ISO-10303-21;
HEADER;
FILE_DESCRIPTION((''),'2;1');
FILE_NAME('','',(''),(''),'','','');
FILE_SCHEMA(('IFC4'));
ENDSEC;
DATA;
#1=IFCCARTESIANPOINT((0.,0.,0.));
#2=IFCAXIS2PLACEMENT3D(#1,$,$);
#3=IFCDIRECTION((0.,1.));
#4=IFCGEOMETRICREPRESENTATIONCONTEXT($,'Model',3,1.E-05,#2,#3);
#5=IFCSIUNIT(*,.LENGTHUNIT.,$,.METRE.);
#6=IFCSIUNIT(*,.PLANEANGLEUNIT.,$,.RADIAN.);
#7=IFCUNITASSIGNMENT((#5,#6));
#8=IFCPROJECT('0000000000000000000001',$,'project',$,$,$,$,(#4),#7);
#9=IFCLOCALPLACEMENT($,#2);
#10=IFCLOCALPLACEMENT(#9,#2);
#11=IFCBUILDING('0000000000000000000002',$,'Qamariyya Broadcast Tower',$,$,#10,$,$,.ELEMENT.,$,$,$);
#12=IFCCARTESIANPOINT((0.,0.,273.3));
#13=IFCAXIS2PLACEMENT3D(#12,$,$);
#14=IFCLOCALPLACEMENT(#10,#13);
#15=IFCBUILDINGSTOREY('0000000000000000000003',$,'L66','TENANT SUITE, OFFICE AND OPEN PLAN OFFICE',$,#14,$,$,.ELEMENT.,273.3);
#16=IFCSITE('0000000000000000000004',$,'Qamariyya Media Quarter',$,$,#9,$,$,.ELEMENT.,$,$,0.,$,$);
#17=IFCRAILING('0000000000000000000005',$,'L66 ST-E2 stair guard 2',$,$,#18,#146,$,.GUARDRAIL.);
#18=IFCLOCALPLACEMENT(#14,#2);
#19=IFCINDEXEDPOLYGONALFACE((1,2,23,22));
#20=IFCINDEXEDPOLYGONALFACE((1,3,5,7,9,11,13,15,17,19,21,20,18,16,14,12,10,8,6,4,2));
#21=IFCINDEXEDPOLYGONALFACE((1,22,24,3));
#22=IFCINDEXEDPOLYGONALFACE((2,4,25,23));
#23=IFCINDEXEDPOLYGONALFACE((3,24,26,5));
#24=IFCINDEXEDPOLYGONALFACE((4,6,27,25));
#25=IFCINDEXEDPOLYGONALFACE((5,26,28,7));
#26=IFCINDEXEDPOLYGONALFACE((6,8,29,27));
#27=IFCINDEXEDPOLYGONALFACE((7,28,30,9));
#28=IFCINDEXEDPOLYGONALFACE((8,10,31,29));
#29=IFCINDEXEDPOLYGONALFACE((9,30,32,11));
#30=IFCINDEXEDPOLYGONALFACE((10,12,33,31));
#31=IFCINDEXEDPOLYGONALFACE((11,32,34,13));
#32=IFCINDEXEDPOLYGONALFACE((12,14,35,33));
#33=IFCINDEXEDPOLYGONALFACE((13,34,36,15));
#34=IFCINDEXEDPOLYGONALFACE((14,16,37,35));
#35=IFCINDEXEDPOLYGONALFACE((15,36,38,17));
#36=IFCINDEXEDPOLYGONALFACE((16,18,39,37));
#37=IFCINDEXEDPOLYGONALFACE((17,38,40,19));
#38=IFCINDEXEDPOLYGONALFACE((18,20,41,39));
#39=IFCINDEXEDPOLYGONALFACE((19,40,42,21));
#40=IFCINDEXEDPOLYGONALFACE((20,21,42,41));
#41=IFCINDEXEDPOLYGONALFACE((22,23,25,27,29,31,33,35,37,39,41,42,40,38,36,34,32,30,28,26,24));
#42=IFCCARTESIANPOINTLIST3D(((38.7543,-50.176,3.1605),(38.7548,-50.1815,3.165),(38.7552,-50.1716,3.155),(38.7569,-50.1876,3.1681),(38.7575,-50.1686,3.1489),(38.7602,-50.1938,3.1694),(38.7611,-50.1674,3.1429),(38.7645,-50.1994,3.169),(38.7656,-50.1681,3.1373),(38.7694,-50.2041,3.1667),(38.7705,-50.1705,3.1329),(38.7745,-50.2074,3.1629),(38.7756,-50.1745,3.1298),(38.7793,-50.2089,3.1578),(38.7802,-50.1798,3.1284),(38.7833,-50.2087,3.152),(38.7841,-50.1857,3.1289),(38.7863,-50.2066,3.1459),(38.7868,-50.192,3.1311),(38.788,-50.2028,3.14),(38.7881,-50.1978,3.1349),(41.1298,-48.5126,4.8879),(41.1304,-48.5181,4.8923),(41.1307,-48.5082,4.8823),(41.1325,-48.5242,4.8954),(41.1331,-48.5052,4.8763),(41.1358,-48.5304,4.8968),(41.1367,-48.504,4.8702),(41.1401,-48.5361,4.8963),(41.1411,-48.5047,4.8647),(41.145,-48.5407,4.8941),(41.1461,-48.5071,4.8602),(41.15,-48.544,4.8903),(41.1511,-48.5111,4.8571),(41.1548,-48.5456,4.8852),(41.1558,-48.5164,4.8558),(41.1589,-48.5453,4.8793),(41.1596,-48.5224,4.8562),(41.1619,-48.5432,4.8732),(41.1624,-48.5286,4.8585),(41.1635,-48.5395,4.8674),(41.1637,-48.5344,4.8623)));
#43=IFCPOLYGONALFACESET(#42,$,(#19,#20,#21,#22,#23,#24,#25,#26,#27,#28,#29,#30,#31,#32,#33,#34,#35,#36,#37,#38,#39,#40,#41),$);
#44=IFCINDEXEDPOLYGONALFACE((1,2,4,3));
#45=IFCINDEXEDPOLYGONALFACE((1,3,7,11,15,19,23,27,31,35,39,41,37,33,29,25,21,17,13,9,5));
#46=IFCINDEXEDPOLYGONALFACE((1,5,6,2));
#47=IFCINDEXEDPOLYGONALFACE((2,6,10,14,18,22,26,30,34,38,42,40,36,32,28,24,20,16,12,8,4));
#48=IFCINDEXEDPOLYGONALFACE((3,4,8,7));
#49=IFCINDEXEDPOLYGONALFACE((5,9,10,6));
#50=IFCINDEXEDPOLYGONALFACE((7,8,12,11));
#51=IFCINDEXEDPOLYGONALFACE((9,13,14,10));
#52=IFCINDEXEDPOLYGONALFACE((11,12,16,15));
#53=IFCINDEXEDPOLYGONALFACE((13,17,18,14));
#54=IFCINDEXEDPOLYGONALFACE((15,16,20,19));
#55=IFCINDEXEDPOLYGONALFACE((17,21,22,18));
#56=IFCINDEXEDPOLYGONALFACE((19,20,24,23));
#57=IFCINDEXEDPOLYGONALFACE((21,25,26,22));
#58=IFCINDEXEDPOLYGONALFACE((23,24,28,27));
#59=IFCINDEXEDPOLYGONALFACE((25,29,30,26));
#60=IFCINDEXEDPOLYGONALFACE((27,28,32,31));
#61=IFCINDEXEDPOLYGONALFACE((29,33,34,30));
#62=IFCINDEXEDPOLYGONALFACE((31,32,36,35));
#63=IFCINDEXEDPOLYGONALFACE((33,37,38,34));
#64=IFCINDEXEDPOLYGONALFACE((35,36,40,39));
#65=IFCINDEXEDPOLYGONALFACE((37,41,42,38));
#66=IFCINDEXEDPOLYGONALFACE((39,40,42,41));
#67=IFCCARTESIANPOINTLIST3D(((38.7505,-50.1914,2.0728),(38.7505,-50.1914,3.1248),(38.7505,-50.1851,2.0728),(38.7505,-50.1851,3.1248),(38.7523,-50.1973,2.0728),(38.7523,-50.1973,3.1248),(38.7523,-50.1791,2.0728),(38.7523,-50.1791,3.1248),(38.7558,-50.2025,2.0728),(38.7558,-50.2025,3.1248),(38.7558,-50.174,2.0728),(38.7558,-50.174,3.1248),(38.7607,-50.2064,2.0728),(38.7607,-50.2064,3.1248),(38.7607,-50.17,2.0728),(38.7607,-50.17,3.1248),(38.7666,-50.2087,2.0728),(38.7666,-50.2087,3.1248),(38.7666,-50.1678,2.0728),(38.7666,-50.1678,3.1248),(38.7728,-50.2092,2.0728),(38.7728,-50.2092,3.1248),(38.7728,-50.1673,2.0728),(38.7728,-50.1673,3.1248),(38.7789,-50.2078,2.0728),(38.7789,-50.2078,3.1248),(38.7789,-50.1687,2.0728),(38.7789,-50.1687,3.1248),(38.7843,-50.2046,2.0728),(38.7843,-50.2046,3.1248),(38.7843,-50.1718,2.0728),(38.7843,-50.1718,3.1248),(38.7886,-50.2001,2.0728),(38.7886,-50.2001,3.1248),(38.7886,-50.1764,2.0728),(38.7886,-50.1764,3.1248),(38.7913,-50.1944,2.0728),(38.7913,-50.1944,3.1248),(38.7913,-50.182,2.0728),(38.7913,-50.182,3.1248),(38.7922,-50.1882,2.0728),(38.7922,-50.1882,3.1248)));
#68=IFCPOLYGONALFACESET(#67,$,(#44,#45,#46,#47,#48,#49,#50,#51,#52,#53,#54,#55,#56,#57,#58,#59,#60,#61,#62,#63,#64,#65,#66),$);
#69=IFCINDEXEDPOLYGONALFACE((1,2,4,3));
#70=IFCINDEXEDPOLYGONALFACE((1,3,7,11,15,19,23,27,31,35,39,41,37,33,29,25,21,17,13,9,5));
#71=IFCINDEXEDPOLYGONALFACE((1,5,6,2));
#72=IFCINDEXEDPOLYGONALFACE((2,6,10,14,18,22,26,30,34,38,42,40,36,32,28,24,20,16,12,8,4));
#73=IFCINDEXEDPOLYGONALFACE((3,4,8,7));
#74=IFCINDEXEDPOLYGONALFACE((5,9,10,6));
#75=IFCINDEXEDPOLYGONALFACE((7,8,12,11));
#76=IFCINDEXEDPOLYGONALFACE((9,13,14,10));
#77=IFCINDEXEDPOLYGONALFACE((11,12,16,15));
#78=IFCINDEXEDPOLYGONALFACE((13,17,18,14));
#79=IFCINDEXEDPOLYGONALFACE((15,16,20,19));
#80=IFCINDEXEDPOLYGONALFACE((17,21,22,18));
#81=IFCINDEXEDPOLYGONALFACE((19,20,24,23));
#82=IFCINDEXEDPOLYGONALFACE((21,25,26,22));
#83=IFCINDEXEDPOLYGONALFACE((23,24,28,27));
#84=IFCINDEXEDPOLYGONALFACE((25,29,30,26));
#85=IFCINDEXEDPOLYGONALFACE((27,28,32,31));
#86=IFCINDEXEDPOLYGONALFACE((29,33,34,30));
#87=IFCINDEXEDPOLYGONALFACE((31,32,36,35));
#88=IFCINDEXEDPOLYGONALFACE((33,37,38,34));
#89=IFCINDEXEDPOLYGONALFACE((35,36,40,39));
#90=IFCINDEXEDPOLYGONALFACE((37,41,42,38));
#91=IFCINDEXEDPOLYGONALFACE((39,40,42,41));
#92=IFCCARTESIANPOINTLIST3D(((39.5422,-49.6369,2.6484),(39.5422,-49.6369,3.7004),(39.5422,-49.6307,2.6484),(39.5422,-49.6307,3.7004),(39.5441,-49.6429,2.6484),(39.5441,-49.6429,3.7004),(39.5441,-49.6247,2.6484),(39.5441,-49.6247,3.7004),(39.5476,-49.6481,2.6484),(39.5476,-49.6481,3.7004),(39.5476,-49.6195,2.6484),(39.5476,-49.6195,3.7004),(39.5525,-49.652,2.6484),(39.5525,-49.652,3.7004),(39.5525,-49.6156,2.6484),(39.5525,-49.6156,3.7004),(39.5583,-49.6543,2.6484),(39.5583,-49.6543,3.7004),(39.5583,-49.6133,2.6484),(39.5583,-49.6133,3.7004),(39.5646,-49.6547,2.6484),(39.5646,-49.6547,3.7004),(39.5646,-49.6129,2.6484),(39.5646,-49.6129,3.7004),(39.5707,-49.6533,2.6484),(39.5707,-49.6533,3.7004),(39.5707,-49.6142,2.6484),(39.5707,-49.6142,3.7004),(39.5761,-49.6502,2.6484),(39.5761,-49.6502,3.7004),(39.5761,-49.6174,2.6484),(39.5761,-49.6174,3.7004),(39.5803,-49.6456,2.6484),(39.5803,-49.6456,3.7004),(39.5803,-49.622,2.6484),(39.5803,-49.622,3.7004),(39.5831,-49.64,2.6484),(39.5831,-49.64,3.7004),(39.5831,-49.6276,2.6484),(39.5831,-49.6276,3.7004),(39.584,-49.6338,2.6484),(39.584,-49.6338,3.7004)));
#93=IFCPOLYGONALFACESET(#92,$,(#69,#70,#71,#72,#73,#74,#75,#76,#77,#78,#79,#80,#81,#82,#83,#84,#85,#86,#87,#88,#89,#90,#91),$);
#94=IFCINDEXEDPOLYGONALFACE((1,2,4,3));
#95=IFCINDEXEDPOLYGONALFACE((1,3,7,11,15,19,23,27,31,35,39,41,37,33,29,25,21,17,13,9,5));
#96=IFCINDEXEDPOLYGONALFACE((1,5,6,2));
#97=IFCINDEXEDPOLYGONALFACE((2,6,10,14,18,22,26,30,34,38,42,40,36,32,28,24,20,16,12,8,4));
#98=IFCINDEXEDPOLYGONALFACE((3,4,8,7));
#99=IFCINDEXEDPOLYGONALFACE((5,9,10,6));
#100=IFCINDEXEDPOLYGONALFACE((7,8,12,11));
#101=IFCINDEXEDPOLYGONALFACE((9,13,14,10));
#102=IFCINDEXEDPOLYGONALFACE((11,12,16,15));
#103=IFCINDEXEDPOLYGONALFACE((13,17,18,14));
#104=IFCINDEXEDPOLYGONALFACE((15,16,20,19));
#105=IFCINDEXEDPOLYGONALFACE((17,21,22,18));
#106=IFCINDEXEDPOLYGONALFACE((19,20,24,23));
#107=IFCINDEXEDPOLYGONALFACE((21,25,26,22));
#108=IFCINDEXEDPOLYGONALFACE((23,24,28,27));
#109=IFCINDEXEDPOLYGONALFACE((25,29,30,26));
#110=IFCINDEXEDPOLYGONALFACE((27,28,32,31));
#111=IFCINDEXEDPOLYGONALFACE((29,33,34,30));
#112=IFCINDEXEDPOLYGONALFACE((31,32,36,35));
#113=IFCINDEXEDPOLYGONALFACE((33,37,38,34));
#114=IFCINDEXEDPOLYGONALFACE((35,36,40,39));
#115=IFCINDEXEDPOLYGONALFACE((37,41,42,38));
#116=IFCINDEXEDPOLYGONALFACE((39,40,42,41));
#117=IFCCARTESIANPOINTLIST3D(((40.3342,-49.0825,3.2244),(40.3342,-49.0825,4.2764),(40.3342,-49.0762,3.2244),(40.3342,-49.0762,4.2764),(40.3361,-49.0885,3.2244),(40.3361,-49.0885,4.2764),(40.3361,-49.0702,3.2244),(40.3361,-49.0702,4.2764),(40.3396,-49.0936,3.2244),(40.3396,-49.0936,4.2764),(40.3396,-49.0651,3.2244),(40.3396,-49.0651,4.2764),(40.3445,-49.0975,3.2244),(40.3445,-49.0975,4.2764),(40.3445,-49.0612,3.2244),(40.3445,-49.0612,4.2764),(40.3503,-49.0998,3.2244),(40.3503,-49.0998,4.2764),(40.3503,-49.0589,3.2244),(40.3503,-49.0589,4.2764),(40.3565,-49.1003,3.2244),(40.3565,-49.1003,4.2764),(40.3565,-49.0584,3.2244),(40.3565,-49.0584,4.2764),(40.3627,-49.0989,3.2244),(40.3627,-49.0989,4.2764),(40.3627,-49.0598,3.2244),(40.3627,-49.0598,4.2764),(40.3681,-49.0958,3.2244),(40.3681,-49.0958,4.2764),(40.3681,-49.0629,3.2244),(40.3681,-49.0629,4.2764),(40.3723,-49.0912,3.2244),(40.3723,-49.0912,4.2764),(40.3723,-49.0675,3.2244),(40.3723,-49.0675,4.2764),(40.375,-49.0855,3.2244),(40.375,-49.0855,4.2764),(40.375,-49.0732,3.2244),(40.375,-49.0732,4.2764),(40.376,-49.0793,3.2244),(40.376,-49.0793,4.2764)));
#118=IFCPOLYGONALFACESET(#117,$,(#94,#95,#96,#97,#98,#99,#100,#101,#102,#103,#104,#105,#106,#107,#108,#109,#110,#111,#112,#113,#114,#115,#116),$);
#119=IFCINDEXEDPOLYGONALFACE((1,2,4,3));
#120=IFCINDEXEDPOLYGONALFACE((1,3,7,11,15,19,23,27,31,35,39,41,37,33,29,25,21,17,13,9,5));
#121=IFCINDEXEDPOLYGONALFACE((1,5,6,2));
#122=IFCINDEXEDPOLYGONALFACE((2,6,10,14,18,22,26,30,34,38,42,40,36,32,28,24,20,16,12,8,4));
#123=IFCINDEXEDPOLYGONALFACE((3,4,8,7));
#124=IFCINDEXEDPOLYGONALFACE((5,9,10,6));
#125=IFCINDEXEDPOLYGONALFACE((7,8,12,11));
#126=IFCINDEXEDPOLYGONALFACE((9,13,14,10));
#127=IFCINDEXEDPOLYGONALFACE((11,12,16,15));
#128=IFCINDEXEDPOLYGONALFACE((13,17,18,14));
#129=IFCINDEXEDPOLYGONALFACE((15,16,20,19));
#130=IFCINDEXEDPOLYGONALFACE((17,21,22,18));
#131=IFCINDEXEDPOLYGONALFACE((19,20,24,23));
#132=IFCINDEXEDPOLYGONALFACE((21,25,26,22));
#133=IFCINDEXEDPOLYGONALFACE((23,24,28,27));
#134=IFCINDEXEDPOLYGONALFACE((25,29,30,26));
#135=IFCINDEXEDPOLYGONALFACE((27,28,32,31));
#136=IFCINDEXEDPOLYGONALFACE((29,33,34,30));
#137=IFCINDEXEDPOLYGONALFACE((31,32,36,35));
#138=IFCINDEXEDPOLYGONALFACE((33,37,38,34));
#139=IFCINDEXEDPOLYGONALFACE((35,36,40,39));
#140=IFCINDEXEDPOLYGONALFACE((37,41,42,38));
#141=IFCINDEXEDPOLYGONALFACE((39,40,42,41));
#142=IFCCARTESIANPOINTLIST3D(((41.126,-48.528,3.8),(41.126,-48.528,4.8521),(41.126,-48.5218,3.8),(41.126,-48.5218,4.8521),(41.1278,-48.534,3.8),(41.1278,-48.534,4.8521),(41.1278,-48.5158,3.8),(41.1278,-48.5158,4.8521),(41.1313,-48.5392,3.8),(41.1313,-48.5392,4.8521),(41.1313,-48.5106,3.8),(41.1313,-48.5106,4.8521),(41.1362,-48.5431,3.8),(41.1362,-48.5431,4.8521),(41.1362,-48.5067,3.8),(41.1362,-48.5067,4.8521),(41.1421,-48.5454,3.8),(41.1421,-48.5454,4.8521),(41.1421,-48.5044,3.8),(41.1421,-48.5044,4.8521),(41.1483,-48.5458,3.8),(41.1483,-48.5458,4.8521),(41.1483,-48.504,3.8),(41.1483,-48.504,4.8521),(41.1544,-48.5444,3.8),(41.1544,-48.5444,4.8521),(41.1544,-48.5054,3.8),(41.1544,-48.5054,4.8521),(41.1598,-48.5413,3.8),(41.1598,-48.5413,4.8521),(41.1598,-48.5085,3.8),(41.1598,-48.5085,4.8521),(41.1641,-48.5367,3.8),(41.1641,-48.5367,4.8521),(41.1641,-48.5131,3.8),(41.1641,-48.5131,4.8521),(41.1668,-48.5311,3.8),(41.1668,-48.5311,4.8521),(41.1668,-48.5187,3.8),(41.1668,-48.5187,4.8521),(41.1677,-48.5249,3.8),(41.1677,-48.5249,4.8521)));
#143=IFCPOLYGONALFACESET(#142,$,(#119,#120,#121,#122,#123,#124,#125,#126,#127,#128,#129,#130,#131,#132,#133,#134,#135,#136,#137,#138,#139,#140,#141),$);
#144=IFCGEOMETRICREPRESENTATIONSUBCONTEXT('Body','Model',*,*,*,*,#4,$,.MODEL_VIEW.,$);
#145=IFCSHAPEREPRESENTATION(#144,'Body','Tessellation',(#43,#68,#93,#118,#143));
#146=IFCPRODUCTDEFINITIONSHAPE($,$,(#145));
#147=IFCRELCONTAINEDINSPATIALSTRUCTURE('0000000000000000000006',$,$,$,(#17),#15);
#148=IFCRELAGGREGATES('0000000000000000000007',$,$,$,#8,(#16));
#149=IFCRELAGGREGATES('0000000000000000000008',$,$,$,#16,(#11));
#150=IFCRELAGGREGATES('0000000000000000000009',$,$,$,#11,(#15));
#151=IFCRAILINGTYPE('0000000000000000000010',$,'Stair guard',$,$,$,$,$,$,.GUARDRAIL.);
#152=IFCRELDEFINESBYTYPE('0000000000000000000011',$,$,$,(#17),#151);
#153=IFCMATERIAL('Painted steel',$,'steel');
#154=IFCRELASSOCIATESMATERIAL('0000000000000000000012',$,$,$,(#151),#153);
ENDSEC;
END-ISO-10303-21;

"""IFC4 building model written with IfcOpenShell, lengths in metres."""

from ifc_helpers import new_model, si_unit, direction, frame, origin, origin_2d, place, context, subcontext, project, spatial, circle, extrude, material, type_object, element, save


model = new_model("IFC4")

# Units and contexts
model_context = context("Model", 3, precision=1e-05, world=origin(), true_north=direction((0.0, 1.0)))
body_context = subcontext(model_context, "Body", "Model", "MODEL_VIEW")
ifc_project = project(units=[si_unit("LENGTHUNIT", "METRE"), si_unit("PLANEANGLEUNIT", "RADIAN")], contexts=[model_context])

# Site, building, storey
site_placement = place(None, origin())
site = spatial("IfcSite", under=ifc_project, at=site_placement, Name="Qamariyya Media Quarter", CompositionType="ELEMENT", RefElevation=0.0)
building_placement = place(site_placement, origin())
building = spatial("IfcBuilding", under=site, at=building_placement, Name="Qamariyya Broadcast Tower", CompositionType="ELEMENT")
storey_placement = place(building_placement, frame((0.0, 0.0, 273.3)))
storey = spatial("IfcBuildingStorey", under=building, at=storey_placement, Name="L66", Description="TENANT SUITE, OFFICE AND OPEN PLAN OFFICE", CompositionType="ELEMENT", Elevation=273.3)

# Railing
ifc_material_1 = material(Name="Painted steel", Category="steel")
railing_type_1 = type_object("IfcRailingType", Name="Stair guard", PredefinedType="GUARDRAIL", material=ifc_material_1)
railing_1_placement = place(storey_placement, frame((38.7712, -50.1882, 2.0728)))
element("IfcRailing", 1, at=railing_1_placement, inside=storey, type_object=railing_type_1, Name="L66 ST-E2 stair guard 2", PredefinedType="GUARDRAIL", context=body_context, shape_type="SweptSolid", body=[
    extrude(circle(Radius=0.0239, at=origin_2d()), frame((0.0, 0.0, 1.0762), z_axis=(0.70377, 0.492784, 0.511734), x_axis=(-0.573575, 0.819153, 0.0)), (0.0, 0.0, 1.0), 3.3755),
    extrude(circle(Radius=0.021, at=origin_2d()), origin(), (0.0, 0.0, 1.0), 1.052),
    extrude(circle(Radius=0.021, at=origin_2d()), frame((0.7917, 0.5544, 0.5757)), (0.0, 0.0, 1.0), 1.052),
    extrude(circle(Radius=0.021, at=origin_2d()), frame((1.5837, 1.1089, 1.1516)), (0.0, 0.0, 1.0), 1.052),
    extrude(circle(Radius=0.021, at=origin_2d()), frame((2.3755, 1.6633, 1.7273)), (0.0, 0.0, 1.0), 1.052),
])

save(model, "model.ifc")
